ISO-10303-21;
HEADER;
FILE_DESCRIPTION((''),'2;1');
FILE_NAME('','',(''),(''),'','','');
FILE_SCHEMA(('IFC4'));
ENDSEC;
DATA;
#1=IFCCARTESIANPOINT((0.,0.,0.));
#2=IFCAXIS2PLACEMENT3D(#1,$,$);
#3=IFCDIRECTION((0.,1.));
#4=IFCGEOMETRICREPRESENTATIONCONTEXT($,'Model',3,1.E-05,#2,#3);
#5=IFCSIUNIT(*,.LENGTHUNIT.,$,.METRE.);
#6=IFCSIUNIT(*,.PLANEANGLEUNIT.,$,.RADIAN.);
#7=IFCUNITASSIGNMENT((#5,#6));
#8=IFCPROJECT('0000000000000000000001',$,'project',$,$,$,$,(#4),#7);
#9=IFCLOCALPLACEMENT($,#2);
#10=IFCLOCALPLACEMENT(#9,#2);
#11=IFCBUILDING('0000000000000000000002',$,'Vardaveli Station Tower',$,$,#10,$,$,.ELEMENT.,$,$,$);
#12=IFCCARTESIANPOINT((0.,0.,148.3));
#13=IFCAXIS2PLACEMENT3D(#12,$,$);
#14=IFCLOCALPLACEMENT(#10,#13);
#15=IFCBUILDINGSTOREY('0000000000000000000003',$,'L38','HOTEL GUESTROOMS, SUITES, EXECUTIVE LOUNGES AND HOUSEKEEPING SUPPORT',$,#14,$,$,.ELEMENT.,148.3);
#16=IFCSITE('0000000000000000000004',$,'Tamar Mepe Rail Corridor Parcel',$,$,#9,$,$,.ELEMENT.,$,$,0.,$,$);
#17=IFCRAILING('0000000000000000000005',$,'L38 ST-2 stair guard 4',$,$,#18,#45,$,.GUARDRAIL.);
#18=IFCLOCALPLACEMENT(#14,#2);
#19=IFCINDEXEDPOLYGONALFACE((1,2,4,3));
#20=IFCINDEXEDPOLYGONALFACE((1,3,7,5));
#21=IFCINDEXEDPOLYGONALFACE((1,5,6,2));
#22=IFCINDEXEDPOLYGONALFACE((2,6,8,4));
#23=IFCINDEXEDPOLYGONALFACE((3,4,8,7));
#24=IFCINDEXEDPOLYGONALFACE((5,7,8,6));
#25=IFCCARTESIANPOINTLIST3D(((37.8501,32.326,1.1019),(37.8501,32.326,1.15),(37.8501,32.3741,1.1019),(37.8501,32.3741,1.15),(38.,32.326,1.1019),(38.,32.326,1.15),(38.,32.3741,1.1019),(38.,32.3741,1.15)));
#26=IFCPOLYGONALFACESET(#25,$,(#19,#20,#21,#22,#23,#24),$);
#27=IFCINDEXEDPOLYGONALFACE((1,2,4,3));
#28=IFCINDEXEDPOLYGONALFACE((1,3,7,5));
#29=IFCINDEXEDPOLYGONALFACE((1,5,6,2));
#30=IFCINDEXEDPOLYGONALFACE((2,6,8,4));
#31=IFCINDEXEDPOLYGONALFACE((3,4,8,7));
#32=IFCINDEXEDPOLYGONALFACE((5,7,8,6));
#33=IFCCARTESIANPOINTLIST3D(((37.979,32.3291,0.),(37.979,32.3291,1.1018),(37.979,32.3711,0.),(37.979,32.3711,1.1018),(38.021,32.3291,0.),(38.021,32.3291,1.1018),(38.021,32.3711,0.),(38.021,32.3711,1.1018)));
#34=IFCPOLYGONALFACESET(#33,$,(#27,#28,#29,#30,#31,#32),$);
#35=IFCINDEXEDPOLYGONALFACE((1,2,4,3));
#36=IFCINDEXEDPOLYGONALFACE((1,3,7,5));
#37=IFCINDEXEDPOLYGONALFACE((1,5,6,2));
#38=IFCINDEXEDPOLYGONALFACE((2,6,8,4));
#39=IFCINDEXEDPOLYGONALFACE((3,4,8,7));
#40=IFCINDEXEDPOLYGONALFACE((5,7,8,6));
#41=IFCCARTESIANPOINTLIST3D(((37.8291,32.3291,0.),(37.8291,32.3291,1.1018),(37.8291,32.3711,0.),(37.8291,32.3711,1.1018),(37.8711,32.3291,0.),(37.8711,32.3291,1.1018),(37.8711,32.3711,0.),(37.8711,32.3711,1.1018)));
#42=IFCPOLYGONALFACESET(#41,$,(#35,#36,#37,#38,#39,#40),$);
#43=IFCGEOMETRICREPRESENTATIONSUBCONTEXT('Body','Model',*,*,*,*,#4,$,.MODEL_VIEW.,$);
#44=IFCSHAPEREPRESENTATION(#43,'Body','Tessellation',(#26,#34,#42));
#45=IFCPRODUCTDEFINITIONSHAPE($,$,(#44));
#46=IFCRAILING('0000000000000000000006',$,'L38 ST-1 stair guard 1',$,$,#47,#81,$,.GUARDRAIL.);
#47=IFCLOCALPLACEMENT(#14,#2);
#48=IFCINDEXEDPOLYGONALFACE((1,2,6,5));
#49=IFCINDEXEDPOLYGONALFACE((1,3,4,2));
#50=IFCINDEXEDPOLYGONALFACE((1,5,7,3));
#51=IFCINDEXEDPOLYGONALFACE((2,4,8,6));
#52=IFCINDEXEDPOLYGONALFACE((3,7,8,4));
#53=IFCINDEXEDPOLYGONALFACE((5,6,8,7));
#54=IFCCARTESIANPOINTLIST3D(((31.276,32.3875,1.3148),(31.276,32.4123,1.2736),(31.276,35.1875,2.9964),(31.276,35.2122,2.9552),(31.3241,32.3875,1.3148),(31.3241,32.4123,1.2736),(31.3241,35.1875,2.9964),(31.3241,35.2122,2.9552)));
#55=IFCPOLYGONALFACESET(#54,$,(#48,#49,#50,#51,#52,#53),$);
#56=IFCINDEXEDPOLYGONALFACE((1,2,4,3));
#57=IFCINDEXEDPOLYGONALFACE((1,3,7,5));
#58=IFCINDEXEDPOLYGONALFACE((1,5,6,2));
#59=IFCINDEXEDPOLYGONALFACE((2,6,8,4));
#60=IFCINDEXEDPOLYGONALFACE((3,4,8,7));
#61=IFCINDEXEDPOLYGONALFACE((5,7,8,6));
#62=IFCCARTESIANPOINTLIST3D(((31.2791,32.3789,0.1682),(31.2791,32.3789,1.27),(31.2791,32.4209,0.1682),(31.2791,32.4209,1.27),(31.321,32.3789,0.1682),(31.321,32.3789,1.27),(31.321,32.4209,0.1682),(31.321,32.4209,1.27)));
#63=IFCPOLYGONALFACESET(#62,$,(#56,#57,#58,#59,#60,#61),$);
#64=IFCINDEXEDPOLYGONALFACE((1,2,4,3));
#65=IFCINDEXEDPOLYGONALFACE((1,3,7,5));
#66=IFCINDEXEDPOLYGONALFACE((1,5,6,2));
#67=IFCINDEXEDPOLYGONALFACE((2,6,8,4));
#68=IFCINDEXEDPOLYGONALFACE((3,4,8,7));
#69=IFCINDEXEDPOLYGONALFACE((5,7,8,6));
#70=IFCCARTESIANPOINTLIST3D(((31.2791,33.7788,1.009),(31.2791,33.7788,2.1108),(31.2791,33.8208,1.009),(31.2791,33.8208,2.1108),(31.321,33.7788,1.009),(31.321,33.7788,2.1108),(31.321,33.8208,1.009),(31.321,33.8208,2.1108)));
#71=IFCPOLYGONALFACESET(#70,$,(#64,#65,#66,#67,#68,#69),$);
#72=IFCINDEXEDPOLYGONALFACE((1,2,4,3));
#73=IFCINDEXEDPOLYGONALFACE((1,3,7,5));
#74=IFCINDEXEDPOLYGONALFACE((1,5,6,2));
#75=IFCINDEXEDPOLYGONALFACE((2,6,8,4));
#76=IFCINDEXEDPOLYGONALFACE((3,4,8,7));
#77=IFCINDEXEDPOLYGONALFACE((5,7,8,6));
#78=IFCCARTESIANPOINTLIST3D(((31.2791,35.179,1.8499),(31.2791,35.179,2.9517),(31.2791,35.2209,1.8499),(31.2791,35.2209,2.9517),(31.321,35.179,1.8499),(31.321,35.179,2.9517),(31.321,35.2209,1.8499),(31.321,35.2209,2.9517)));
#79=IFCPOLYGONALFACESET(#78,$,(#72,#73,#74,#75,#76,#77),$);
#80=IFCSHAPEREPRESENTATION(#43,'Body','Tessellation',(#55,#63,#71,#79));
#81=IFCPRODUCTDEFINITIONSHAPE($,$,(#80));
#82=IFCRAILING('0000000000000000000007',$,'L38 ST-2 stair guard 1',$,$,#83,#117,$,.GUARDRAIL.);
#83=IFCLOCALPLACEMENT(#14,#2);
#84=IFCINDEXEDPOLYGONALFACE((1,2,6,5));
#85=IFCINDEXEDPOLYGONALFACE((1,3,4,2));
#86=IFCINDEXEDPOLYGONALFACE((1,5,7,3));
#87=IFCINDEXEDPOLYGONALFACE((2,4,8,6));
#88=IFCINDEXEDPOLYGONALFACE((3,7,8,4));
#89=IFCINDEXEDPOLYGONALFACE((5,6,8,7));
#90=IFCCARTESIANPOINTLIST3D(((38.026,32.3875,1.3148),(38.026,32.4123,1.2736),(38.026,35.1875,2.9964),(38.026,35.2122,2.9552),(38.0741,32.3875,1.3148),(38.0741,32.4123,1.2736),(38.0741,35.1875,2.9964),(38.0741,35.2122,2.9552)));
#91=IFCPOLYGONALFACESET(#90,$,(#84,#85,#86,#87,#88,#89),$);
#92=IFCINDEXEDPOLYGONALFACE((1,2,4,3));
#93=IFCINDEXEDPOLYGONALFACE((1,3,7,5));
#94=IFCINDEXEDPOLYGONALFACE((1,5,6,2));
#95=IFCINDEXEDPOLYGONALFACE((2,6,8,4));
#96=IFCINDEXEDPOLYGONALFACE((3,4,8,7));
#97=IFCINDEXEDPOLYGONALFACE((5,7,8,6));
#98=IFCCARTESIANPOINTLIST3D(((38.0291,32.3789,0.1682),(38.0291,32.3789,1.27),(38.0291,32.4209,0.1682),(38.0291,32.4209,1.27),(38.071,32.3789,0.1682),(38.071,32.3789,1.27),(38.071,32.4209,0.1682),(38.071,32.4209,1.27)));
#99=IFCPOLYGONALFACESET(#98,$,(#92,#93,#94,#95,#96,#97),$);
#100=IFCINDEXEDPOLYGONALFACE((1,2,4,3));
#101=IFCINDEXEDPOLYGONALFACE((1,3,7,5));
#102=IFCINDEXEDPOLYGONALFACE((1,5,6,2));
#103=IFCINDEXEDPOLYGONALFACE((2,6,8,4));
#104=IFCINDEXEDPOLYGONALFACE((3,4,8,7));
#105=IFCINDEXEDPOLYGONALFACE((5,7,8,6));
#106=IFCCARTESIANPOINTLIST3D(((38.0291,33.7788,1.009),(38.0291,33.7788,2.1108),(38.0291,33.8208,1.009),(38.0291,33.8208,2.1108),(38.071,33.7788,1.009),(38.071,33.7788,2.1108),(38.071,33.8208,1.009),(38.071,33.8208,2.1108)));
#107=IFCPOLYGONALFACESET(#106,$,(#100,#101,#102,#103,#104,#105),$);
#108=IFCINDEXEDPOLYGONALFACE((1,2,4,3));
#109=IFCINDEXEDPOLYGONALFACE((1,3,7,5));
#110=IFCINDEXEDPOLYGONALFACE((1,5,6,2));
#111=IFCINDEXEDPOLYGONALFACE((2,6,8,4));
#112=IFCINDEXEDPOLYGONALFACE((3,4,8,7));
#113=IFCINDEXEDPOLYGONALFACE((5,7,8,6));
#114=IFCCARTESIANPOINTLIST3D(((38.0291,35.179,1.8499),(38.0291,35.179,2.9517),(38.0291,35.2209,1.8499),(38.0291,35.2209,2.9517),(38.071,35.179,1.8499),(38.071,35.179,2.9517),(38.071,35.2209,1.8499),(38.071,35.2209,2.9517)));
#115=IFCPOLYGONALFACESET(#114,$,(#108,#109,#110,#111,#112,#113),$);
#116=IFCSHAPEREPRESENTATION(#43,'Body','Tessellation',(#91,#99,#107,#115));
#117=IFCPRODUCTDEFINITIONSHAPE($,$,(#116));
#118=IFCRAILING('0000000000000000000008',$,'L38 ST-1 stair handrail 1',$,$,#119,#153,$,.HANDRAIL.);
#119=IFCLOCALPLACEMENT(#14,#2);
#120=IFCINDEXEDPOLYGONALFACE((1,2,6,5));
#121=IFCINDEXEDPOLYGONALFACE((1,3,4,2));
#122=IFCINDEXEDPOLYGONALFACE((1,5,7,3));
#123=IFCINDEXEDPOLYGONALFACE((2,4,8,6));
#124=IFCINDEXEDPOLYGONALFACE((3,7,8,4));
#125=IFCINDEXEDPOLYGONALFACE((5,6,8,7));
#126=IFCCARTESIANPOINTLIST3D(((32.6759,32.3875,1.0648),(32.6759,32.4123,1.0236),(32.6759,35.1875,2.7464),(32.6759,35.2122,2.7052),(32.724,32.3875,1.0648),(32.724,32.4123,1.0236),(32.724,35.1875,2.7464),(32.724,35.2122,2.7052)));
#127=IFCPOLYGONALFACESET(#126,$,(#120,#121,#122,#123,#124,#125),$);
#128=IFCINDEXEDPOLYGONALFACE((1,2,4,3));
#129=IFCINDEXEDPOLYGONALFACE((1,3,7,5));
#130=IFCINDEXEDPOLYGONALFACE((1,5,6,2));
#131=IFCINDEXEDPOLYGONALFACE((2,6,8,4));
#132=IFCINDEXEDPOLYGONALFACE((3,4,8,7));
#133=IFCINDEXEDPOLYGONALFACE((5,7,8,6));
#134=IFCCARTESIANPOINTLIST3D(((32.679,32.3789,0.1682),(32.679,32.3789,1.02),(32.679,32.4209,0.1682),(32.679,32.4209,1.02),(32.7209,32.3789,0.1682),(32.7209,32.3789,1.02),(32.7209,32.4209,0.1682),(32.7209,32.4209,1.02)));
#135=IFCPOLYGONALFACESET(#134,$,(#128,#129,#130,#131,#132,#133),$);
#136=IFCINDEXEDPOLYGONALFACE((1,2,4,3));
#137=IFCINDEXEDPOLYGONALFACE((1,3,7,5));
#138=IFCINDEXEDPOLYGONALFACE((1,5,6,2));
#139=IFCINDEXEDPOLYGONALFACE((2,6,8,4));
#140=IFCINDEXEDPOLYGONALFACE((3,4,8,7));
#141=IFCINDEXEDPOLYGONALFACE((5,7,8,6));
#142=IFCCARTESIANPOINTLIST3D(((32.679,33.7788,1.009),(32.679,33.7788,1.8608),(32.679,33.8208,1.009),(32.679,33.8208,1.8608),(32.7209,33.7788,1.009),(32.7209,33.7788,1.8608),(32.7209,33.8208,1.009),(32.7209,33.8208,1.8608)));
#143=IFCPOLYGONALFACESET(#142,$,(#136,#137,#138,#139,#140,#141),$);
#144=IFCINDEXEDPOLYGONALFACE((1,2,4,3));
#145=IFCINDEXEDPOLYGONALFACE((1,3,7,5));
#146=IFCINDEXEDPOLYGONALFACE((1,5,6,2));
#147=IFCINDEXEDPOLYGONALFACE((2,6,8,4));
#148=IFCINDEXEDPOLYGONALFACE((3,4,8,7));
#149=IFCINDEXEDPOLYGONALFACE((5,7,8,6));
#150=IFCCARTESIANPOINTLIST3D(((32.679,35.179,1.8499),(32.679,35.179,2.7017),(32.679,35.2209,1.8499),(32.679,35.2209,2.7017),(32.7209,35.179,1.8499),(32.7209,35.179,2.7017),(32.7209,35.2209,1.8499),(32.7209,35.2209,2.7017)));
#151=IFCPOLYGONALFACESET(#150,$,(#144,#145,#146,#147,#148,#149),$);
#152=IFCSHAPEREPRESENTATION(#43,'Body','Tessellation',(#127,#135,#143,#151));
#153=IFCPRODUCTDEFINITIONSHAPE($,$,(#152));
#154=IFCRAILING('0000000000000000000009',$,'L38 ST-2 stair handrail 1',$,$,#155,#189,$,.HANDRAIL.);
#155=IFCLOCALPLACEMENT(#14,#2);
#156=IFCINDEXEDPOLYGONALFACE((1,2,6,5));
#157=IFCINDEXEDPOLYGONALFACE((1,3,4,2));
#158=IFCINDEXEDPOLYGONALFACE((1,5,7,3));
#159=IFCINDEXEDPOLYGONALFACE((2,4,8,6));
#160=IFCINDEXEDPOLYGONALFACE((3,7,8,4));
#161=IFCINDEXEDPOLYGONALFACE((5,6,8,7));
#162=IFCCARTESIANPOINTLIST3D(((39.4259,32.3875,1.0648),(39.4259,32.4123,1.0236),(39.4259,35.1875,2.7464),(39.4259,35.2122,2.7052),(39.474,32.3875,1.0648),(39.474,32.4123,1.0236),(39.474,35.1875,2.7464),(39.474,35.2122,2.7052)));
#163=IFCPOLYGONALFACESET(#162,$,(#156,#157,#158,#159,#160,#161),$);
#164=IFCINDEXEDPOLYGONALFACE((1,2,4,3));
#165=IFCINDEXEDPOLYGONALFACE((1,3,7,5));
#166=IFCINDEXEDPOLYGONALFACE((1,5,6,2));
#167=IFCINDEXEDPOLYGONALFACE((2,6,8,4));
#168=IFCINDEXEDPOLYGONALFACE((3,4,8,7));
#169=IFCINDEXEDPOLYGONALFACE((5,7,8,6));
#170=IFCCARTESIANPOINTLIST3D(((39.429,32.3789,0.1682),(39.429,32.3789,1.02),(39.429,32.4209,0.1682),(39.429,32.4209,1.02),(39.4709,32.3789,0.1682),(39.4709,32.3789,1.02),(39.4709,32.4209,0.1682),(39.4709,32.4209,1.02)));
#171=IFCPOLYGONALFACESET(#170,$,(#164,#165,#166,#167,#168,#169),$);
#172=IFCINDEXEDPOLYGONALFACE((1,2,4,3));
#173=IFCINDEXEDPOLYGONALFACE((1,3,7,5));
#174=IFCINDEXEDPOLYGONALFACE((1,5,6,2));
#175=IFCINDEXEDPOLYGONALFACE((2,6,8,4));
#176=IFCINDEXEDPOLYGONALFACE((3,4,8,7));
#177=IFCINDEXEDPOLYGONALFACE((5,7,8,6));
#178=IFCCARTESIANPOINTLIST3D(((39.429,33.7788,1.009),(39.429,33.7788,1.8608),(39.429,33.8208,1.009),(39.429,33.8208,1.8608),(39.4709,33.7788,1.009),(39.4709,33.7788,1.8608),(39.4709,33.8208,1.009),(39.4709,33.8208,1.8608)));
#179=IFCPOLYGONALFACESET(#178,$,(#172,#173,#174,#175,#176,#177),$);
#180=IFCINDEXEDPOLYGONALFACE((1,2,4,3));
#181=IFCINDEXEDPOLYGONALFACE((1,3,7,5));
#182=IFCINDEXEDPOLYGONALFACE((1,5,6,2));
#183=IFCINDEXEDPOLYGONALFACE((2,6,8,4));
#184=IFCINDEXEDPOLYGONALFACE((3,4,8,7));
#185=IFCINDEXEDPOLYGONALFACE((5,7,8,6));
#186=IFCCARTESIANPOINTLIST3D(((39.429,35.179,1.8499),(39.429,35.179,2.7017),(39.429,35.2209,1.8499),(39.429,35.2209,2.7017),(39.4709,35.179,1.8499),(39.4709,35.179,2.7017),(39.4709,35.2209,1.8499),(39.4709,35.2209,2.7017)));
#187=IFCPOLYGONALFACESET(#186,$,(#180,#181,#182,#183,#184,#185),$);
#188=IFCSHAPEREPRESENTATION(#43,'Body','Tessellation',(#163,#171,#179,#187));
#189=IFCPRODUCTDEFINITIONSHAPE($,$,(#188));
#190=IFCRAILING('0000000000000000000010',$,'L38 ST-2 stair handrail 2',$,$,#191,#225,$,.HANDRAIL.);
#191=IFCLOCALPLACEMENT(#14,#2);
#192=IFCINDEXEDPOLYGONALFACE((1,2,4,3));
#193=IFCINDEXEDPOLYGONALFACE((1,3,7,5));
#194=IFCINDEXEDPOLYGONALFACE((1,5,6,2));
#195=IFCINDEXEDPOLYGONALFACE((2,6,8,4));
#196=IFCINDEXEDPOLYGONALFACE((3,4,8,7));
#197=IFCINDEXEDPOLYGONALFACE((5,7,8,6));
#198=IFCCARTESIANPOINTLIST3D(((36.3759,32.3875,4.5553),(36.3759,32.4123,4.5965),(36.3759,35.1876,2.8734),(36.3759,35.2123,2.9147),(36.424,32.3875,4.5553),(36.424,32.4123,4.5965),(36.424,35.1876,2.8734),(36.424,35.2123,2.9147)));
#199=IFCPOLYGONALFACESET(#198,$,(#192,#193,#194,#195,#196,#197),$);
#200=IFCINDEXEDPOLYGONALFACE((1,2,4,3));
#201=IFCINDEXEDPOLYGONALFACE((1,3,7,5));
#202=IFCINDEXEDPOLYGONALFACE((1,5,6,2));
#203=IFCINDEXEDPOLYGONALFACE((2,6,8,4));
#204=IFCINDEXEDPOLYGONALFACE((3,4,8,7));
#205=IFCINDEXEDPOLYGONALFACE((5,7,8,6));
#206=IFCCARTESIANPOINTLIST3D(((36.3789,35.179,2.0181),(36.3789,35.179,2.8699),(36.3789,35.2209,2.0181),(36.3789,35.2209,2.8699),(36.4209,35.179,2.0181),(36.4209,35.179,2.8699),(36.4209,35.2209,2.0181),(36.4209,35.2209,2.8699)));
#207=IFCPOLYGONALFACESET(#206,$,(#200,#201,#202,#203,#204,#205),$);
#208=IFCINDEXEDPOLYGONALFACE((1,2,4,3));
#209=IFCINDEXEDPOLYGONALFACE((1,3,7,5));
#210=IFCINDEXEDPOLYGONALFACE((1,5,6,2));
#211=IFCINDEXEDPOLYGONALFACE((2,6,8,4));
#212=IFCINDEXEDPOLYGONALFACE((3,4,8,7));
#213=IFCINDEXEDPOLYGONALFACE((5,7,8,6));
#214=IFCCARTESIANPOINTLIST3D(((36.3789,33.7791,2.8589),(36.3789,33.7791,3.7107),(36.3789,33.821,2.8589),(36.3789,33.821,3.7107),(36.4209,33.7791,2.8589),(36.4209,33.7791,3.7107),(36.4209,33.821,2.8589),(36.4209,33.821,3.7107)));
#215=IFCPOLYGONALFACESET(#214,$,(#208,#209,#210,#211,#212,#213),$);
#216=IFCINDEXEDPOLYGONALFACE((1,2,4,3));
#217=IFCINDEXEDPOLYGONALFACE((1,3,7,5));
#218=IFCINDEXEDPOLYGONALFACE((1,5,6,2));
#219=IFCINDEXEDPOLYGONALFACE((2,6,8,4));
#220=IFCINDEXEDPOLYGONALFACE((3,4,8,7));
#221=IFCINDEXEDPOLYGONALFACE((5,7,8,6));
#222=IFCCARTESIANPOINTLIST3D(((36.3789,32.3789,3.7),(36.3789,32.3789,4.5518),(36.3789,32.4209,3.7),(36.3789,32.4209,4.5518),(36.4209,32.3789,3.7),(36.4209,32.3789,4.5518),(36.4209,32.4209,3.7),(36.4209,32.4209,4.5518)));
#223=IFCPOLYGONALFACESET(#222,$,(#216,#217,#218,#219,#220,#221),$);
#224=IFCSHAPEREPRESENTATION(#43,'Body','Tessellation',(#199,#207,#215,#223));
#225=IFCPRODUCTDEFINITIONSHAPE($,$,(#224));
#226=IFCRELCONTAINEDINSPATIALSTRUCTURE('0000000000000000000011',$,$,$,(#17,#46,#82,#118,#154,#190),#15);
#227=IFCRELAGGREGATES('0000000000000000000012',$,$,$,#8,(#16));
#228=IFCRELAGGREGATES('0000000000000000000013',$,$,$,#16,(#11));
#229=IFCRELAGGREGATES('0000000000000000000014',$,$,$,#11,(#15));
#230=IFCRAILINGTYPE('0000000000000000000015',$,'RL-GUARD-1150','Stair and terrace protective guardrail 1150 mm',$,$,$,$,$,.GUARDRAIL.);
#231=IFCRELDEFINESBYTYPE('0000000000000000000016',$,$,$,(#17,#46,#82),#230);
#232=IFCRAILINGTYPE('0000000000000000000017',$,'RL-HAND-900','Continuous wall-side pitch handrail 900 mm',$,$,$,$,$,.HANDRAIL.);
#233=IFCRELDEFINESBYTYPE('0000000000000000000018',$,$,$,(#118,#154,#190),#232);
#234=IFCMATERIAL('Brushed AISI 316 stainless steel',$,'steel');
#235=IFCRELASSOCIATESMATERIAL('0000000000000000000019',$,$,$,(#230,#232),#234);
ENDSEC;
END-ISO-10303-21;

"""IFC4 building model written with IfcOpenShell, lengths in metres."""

from ifc_helpers import new_model, si_unit, direction, frame, origin, origin_2d, place, context, subcontext, project, spatial, rectangle, extrude, source, transform, mapped, material, type_object, element, save


model = new_model("IFC4")

# Units and contexts
model_context = context("Model", 3, precision=1e-05, world=origin(), true_north=direction((0.0, 1.0)))
body_context = subcontext(model_context, "Body", "Model", "MODEL_VIEW")
ifc_project = project(units=[si_unit("LENGTHUNIT", "METRE"), si_unit("PLANEANGLEUNIT", "RADIAN")], contexts=[model_context])

# Site, building, storey
site_placement = place(None, origin())
site = spatial("IfcSite", under=ifc_project, at=site_placement, Name="Tamar Mepe Rail Corridor Parcel", CompositionType="ELEMENT", RefElevation=0.0)
building_placement = place(site_placement, origin())
building = spatial("IfcBuilding", under=site, at=building_placement, Name="Vardaveli Station Tower", CompositionType="ELEMENT")
storey_placement = place(building_placement, frame((0.0, 0.0, 148.3)))
storey = spatial("IfcBuildingStorey", under=building, at=storey_placement, Name="L38", Description="HOTEL GUESTROOMS, SUITES, EXECUTIVE LOUNGES AND HOUSEKEEPING SUPPORT", CompositionType="ELEMENT", Elevation=148.3)

# Railings
ifc_material_1 = material(Name="Brushed AISI 316 stainless steel", Category="steel")
railing_type_1 = type_object("IfcRailingType", Name="RL-GUARD-1150", Description="Stair and terrace protective guardrail 1150 mm", PredefinedType="GUARDRAIL", material=ifc_material_1)
shared_shape_1 = source(origin(), body_context, "Body", "SweptSolid", [
    extrude(rectangle(XDim=0.0481, YDim=0.0481, at=origin_2d()), frame((0.0, 0.0, 1.126), z_axis=(-1.0, 0.0, 0.0), x_axis=(0.0, -1.0, 0.0)), (0.0, 0.0, 1.0), 0.1499),
    extrude(rectangle(XDim=0.042, YDim=0.042, at=origin_2d()), origin(), (0.0, 0.0, 1.0), 1.1018),
    extrude(rectangle(XDim=0.042, YDim=0.042, at=origin_2d()), frame((-0.1499, 0.0, 0.0)), (0.0, 0.0, 1.0), 1.1018),
])
for number, where, name in (
    (1, (38.0, 32.3501, 0.0), "L38 ST-2 stair guard 4"),
):
    element("IfcRailing", number, at=place(storey_placement, frame(where)), inside=storey, type_object=railing_type_1, Name=name, PredefinedType="GUARDRAIL", context=body_context, shape_type="MappedRepresentation", body=[
        mapped(shared_shape_1, transform((0.0, 0.0, 0.0), scale=1.0)),
    ])
shared_shape_2 = source(origin(), body_context, "Body", "SweptSolid", [
    extrude(rectangle(XDim=0.0481, YDim=0.0481, at=origin_2d()), frame((0.0, 0.0, 1.126), z_axis=(0.0, 0.857275, 0.514858), x_axis=(-1.0, 0.0, 0.0)), (0.0, 0.0, 1.0), 3.2661),
    extrude(rectangle(XDim=0.042, YDim=0.042, at=origin_2d()), origin(), (0.0, 0.0, 1.0), 1.1018),
    extrude(rectangle(XDim=0.042, YDim=0.042, at=origin_2d()), frame((0.0, 1.3999, 0.8408)), (0.0, 0.0, 1.0), 1.1018),
    extrude(rectangle(XDim=0.042, YDim=0.042, at=origin_2d()), frame((0.0, 2.8, 1.6816)), (0.0, 0.0, 1.0), 1.1018),
])
for number, where, name in (
    (2, (31.3, 32.3999, 0.1682), "L38 ST-1 stair guard 1"),
    (3, (38.05, 32.3999, 0.1682), "L38 ST-2 stair guard 1"),
):
    element("IfcRailing", number, at=place(storey_placement, frame(where)), inside=storey, type_object=railing_type_1, Name=name, PredefinedType="GUARDRAIL", context=body_context, shape_type="MappedRepresentation", body=[
        mapped(shared_shape_2, transform((0.0, 0.0, 0.0), scale=1.0)),
    ])
railing_type_2 = type_object("IfcRailingType", Name="RL-HAND-900", Description="Continuous wall-side pitch handrail 900 mm", PredefinedType="HANDRAIL", material=ifc_material_1)
shared_shape_3 = source(origin(), body_context, "Body", "SweptSolid", [
    extrude(rectangle(XDim=0.0481, YDim=0.0481, at=origin_2d()), frame((0.0, 0.0, 0.876), z_axis=(0.0, 0.857275, 0.514858), x_axis=(-1.0, 0.0, 0.0)), (0.0, 0.0, 1.0), 3.2661),
    extrude(rectangle(XDim=0.042, YDim=0.042, at=origin_2d()), origin(), (0.0, 0.0, 1.0), 0.8518),
    extrude(rectangle(XDim=0.042, YDim=0.042, at=origin_2d()), frame((0.0, 1.3999, 0.8408)), (0.0, 0.0, 1.0), 0.8518),
    extrude(rectangle(XDim=0.042, YDim=0.042, at=origin_2d()), frame((0.0, 2.8, 1.6816)), (0.0, 0.0, 1.0), 0.8518),
])
for number, where, name in (
    (4, (32.7, 32.3999, 0.1682), "L38 ST-1 stair handrail 1"),
    (5, (39.45, 32.3999, 0.1682), "L38 ST-2 stair handrail 1"),
):
    element("IfcRailing", number, at=place(storey_placement, frame(where)), inside=storey, type_object=railing_type_2, Name=name, PredefinedType="HANDRAIL", context=body_context, shape_type="MappedRepresentation", body=[
        mapped(shared_shape_3, transform((0.0, 0.0, 0.0), scale=1.0)),
    ])
shared_shape_4 = source(origin(), body_context, "Body", "SweptSolid", [
    extrude(rectangle(XDim=0.0481, YDim=0.0481, at=origin_2d()), frame((0.0, 0.0, 0.876), z_axis=(0.0, -0.857242, 0.514913), x_axis=(1.0, 0.0, 0.0)), (0.0, 0.0, 1.0), 3.2664),
    extrude(rectangle(XDim=0.042, YDim=0.042, at=origin_2d()), origin(), (0.0, 0.0, 1.0), 0.8518),
    extrude(rectangle(XDim=0.042, YDim=0.042, at=origin_2d()), frame((0.0, -1.3999, 0.8408)), (0.0, 0.0, 1.0), 0.8518),
    extrude(rectangle(XDim=0.042, YDim=0.042, at=origin_2d()), frame((0.0, -2.8, 1.6819)), (0.0, 0.0, 1.0), 0.8518),
])
railing_placement = place(storey_placement, frame((36.3999, 35.2, 2.0181)))
element("IfcRailing", 6, at=railing_placement, inside=storey, type_object=railing_type_2, Name="L38 ST-2 stair handrail 2", PredefinedType="HANDRAIL", context=body_context, shape_type="MappedRepresentation", body=[
    mapped(shared_shape_4, transform((0.0, 0.0, 0.0), scale=1.0)),
])

save(model, "model.ifc")
